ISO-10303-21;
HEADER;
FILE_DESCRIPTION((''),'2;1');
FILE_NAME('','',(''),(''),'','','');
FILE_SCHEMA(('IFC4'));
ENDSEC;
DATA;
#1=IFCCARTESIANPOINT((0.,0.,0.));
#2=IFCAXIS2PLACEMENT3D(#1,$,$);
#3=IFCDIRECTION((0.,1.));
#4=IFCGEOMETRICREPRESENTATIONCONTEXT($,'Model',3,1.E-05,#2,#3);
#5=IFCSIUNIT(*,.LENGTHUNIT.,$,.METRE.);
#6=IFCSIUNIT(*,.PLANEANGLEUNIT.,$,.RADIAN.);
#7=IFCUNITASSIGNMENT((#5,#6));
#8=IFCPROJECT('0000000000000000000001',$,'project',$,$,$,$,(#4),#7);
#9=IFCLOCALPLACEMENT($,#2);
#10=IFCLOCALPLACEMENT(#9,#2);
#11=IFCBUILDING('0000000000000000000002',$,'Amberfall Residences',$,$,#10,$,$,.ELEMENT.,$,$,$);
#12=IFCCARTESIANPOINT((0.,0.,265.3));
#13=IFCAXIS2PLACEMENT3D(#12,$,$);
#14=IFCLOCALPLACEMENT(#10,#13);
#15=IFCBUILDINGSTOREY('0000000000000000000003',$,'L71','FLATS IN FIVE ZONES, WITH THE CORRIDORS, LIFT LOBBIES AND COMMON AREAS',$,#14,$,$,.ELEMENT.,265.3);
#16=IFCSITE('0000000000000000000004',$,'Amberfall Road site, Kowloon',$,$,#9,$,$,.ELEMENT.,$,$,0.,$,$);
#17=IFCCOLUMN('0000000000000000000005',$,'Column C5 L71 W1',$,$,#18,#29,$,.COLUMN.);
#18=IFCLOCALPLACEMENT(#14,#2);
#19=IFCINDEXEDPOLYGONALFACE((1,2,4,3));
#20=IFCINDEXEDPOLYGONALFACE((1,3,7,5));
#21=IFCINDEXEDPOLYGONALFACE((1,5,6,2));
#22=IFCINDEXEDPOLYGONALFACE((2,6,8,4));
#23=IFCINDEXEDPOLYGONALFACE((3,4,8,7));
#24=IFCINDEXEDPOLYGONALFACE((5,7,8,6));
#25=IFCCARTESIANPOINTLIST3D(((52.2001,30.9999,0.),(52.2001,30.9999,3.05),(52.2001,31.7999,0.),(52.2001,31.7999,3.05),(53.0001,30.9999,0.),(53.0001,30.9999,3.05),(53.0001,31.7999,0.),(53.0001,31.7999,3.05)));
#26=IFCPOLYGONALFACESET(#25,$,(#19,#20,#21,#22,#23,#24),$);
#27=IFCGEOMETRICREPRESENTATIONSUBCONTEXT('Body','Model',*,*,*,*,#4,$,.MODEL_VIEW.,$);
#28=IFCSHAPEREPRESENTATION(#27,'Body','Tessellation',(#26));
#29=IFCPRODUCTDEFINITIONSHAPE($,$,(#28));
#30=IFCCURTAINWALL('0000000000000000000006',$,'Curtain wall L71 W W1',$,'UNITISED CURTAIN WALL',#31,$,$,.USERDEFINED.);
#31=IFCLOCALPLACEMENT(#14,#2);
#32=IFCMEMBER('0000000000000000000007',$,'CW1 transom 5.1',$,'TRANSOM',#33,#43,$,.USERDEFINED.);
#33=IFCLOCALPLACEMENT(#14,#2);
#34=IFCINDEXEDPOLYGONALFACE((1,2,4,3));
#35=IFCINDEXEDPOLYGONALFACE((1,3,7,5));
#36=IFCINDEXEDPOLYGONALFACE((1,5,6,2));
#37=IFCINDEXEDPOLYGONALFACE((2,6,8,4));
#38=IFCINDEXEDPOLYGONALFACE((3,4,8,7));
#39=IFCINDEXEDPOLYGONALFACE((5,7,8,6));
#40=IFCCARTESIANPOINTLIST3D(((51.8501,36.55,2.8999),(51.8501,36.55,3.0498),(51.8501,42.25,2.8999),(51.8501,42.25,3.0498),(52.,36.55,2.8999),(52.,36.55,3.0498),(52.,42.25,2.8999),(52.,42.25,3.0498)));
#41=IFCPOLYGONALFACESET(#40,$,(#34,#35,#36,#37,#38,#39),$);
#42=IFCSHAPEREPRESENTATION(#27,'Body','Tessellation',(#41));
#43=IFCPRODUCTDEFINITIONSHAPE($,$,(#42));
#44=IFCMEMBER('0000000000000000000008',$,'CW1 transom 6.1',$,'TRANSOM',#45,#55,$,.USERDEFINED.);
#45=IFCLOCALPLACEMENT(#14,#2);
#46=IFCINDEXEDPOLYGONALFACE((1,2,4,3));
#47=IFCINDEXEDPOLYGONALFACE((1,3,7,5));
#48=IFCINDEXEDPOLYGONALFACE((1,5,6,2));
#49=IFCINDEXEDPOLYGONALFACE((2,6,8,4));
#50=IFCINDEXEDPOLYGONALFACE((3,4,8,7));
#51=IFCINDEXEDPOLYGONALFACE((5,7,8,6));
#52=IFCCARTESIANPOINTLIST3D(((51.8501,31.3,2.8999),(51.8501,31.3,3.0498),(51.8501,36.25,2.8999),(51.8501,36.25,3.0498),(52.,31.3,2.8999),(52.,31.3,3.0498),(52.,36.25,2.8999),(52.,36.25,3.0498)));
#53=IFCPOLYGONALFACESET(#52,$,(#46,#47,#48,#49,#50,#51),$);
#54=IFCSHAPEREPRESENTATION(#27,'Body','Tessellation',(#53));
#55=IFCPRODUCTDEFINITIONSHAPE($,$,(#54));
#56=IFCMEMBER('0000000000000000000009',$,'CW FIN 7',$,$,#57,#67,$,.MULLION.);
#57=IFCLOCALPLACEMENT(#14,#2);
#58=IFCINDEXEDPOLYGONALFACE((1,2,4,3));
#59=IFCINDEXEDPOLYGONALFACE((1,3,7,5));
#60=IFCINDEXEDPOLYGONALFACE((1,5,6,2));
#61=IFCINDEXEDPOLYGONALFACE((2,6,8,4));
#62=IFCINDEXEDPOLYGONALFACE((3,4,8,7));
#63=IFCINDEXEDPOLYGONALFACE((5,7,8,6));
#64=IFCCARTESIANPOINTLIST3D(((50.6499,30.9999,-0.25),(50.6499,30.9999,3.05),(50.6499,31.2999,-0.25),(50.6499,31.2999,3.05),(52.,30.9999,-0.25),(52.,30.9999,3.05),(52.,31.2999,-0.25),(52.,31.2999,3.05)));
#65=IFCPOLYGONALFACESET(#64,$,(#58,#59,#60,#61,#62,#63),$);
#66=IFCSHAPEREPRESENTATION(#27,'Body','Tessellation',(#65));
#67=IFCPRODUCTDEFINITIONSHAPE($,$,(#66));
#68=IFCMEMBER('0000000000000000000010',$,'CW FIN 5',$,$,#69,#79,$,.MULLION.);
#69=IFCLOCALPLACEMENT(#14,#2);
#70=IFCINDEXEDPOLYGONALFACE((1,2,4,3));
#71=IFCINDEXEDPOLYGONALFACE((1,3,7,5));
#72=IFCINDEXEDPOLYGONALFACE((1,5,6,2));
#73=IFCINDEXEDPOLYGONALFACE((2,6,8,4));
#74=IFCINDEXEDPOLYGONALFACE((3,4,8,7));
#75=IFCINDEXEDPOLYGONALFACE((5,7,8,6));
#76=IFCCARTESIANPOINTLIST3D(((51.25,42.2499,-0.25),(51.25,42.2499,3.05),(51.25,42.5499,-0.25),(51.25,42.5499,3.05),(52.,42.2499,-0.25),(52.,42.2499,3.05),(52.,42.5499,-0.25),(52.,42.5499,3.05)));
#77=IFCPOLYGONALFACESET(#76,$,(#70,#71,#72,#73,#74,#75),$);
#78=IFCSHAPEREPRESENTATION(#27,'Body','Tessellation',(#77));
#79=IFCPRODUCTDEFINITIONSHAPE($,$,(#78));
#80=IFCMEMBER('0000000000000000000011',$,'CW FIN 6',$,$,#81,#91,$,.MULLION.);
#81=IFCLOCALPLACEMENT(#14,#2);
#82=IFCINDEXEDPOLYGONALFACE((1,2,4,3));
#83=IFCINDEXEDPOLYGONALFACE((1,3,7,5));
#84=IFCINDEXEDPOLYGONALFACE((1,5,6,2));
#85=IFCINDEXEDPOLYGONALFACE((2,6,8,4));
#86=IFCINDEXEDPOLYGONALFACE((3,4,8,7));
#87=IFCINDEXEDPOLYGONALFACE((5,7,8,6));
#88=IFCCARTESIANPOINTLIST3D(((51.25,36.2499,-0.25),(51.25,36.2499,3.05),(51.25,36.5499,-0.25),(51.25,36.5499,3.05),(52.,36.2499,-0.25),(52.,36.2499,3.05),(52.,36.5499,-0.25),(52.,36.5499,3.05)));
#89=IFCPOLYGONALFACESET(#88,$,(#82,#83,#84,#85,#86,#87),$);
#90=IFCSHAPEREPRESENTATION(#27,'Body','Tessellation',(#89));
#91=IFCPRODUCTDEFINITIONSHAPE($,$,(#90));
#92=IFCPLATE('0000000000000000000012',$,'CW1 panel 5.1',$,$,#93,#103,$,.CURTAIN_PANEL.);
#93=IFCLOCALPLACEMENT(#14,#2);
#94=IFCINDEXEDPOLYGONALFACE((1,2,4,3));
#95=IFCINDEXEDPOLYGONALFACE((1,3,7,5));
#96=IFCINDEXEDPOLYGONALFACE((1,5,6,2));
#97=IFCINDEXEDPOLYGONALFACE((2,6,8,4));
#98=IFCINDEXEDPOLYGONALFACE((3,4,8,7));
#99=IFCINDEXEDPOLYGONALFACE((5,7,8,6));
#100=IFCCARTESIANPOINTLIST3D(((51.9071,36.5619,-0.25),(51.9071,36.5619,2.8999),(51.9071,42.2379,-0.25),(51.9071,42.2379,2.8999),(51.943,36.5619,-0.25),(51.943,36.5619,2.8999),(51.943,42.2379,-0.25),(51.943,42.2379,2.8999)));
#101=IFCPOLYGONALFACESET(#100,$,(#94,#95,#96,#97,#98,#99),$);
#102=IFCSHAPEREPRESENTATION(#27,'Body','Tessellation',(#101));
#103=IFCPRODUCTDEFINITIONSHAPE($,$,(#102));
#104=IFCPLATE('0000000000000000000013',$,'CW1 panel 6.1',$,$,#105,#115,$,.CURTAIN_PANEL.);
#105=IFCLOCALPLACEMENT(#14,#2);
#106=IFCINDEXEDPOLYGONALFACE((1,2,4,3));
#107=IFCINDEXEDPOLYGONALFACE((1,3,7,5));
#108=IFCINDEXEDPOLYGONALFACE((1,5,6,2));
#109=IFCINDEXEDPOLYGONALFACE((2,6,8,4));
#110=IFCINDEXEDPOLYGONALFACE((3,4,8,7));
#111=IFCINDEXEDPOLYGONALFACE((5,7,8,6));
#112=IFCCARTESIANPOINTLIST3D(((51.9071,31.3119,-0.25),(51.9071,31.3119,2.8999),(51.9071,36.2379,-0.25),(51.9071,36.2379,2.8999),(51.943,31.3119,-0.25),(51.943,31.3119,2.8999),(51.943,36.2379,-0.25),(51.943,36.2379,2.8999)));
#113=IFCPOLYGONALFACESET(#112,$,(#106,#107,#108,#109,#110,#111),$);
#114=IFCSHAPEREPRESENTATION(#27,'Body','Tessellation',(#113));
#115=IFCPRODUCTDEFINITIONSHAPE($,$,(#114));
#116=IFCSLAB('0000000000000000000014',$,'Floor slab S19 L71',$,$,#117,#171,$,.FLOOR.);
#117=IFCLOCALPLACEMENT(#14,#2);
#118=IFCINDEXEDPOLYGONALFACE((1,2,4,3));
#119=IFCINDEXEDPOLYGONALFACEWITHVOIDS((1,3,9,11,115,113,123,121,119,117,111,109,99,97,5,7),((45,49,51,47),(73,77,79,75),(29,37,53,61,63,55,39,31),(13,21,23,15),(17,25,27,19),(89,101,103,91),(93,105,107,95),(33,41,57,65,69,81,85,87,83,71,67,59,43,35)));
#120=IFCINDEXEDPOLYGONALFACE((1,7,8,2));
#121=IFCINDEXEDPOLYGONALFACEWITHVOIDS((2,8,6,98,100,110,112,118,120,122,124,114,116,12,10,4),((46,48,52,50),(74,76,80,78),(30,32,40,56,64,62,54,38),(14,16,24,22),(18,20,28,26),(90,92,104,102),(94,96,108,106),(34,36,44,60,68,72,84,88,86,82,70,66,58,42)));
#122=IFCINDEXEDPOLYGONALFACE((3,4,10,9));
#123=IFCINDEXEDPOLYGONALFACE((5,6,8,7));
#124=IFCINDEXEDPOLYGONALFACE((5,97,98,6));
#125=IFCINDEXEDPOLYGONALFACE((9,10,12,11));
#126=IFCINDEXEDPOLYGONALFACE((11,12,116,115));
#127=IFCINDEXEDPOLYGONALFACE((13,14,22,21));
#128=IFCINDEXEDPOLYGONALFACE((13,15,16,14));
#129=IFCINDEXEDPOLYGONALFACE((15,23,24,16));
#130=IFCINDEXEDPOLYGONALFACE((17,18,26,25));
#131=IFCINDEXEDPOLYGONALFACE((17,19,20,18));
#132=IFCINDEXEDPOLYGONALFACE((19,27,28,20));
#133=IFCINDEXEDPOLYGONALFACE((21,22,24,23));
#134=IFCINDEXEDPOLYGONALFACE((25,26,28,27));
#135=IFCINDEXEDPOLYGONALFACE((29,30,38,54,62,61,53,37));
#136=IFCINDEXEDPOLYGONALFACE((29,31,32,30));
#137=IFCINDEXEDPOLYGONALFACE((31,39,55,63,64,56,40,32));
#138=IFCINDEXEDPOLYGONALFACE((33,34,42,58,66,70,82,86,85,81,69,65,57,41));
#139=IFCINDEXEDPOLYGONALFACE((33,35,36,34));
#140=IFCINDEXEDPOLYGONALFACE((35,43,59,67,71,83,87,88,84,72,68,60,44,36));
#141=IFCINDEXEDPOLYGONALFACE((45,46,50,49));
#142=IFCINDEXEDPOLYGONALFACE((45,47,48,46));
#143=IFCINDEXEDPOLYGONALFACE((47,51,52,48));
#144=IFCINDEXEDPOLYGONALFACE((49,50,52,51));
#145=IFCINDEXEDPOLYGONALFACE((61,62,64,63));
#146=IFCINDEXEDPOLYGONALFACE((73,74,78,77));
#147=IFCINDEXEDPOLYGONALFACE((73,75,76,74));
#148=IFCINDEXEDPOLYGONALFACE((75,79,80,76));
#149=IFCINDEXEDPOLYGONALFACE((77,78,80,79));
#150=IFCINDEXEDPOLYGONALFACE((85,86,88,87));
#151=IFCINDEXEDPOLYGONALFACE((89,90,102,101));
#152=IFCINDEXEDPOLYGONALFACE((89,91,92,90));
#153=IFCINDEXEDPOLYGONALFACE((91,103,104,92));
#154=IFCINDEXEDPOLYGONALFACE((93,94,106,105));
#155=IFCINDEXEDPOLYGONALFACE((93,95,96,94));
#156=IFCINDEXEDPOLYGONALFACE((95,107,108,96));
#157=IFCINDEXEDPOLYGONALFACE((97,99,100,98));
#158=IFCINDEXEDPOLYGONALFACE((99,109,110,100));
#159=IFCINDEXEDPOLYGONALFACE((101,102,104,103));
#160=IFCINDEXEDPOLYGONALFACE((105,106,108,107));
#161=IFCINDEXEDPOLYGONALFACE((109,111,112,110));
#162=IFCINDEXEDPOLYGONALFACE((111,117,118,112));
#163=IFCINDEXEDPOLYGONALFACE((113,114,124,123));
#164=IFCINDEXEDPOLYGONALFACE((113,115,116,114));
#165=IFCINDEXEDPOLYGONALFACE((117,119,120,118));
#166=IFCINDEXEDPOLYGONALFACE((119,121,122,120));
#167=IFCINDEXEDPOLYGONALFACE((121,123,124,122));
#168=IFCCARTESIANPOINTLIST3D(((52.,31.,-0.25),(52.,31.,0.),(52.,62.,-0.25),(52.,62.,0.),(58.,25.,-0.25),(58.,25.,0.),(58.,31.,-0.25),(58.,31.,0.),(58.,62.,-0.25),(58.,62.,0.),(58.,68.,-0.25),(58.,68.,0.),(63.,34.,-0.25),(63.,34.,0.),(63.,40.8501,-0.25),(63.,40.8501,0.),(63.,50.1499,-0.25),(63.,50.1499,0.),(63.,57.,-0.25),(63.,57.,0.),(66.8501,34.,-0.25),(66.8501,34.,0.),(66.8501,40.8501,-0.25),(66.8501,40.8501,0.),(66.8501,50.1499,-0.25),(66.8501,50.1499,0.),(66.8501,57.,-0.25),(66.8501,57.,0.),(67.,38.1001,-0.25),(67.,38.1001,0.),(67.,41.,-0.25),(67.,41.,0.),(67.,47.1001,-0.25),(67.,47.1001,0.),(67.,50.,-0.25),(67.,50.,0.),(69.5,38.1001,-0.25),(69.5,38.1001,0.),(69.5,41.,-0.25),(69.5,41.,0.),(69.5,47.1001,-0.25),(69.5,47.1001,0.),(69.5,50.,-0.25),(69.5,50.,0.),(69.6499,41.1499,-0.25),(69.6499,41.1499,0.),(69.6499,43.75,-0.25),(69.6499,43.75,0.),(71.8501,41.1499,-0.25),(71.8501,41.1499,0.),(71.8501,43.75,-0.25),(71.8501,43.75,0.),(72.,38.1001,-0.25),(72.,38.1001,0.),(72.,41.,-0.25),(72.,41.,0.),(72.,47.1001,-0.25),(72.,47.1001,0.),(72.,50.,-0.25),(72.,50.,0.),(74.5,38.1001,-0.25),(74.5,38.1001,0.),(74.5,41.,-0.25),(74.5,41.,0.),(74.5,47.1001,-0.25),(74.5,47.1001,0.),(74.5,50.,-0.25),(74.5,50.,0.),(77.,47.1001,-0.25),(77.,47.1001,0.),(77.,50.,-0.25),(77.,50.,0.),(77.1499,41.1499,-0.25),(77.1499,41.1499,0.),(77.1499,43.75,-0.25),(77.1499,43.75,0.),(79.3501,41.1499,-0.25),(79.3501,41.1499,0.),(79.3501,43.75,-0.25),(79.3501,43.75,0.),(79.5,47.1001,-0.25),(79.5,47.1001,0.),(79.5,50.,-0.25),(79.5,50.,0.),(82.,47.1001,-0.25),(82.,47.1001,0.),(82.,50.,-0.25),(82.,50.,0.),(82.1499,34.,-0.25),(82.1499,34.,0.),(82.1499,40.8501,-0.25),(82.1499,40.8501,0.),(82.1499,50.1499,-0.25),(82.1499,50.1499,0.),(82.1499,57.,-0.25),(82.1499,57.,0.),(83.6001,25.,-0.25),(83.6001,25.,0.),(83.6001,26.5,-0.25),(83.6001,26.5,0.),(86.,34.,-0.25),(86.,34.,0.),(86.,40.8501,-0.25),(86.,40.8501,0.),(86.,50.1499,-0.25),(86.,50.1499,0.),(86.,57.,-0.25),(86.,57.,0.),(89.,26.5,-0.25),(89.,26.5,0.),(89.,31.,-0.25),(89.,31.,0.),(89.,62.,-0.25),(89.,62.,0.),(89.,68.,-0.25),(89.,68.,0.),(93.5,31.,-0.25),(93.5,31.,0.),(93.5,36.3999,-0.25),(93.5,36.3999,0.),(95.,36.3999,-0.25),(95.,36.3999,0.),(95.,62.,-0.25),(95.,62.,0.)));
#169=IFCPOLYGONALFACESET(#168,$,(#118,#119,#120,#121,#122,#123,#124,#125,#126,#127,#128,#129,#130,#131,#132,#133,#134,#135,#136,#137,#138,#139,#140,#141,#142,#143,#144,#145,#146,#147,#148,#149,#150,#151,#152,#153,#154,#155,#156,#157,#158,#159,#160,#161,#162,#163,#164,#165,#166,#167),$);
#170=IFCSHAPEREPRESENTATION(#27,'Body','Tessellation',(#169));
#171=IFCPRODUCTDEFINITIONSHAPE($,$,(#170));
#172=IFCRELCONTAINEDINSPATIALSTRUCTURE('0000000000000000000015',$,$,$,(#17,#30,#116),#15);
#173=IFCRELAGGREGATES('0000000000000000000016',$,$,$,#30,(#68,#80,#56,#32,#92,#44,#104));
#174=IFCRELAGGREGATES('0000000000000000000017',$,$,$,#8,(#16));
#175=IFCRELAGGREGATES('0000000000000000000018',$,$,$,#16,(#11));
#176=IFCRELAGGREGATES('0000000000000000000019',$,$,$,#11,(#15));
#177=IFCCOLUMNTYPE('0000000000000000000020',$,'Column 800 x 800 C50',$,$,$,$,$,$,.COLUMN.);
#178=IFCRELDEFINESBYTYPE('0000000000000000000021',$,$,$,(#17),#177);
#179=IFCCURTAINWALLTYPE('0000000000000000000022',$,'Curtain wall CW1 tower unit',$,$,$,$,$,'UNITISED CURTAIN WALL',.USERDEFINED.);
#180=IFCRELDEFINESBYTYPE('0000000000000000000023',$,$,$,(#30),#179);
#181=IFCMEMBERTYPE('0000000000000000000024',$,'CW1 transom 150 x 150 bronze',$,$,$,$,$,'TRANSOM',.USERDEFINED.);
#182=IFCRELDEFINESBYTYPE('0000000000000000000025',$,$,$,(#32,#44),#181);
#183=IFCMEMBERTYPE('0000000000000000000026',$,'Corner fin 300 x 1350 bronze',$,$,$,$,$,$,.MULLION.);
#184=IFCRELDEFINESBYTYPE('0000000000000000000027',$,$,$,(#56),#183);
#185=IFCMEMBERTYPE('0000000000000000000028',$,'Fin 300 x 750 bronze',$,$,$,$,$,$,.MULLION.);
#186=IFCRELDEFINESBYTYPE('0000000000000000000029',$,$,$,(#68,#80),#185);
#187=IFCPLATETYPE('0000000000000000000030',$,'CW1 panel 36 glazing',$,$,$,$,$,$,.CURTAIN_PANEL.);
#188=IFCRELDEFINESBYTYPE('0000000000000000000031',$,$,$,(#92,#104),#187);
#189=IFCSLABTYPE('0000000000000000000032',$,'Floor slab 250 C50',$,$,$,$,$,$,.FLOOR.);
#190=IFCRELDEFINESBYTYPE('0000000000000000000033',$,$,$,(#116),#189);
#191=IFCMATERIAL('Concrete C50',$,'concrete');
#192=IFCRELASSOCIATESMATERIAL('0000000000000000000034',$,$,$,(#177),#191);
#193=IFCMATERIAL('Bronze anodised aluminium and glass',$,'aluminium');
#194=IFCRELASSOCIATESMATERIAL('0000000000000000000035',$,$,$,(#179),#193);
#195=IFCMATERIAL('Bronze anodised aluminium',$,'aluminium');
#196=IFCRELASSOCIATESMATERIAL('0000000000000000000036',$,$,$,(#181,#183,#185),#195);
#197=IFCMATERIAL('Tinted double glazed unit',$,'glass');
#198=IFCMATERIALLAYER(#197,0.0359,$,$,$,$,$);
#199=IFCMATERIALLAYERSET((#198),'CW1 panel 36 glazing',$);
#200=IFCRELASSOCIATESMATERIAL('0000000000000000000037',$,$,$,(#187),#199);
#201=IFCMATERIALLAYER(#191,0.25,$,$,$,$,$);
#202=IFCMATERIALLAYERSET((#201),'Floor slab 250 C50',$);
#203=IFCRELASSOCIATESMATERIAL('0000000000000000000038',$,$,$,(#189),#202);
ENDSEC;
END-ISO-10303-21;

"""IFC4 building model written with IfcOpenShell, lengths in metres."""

from ifc_helpers import new_model, si_unit, direction, frame, origin, origin_2d, place, context, subcontext, project, spatial, polyline, rectangle, outline, extrude, material, layer, layer_set, material_profile, profile_set, type_object, element, aggregate, save


model = new_model("IFC4")

# Units and contexts
model_context = context("Model", 3, precision=1e-05, world=origin(), true_north=direction((0.0, 1.0)))
body_context = subcontext(model_context, "Body", "Model", "MODEL_VIEW")
ifc_project = project(units=[si_unit("LENGTHUNIT", "METRE"), si_unit("PLANEANGLEUNIT", "RADIAN")], contexts=[model_context])

# Site, building, storey
site_placement = place(None, origin())
site = spatial("IfcSite", under=ifc_project, at=site_placement, Name="Amberfall Road site, Kowloon", CompositionType="ELEMENT", RefElevation=0.0)
building_placement = place(site_placement, origin())
building = spatial("IfcBuilding", under=site, at=building_placement, Name="Amberfall Residences", CompositionType="ELEMENT")
storey_placement = place(building_placement, frame((0.0, 0.0, 265.3)))
storey = spatial("IfcBuildingStorey", under=building, at=storey_placement, Name="L71", Description="FLATS IN FIVE ZONES, WITH THE CORRIDORS, LIFT LOBBIES AND COMMON AREAS", CompositionType="ELEMENT", Elevation=265.3)

# Column
ifc_material_1 = material(Name="Concrete C50", Category="concrete")
ifc_material_profile_1 = material_profile(ifc_material_1, rectangle(XDim=0.8, YDim=0.8, at=origin_2d()), Name="Column 800 x 800 C50")
ifc_profile_set_1 = profile_set([ifc_material_profile_1], Name="Concrete C50")
column_type = type_object("IfcColumnType", Name="Column 800 x 800 C50", PredefinedType="COLUMN", material=ifc_profile_set_1)
column_placement = place(storey_placement, frame((52.6001, 31.3999, 0.0), z_axis=(0.0, 0.0, 1.0), x_axis=(1.0, 0.0, 0.0)))
element("IfcColumn", 1, at=column_placement, inside=storey, type_object=column_type, Name="Column C5 L71 W1", PredefinedType="COLUMN", context=body_context, shape_type="SweptSolid", body=[
    extrude(rectangle(XDim=0.8, YDim=0.8, at=origin_2d()), origin(), (0.0, 0.0, 1.0), 3.05),
])

# Curtain wall, members, plates
ifc_material_2 = material(Name="Bronze anodised aluminium and glass", Category="aluminium")
curtain_wall_type = type_object("IfcCurtainWallType", Name="Curtain wall CW1 tower unit", ElementType="UNITISED CURTAIN WALL", PredefinedType="USERDEFINED", material=ifc_material_2)
curtain_wall_placement = place(storey_placement, origin())
curtain_wall = element("IfcCurtainWall", 2, at=curtain_wall_placement, inside=storey, type_object=curtain_wall_type, Name="Curtain wall L71 W W1", ObjectType="UNITISED CURTAIN WALL", PredefinedType="USERDEFINED")
ifc_material_3 = material(Name="Bronze anodised aluminium", Category="aluminium")
ifc_material_profile_2 = material_profile(ifc_material_3, rectangle(XDim=0.1499, YDim=0.1499, at=origin_2d()), Name="CW1 transom 150 x 150 bronze")
ifc_profile_set_2 = profile_set([ifc_material_profile_2], Name="Bronze anodised aluminium")
member_type_1 = type_object("IfcMemberType", Name="CW1 transom 150 x 150 bronze", ElementType="TRANSOM", PredefinedType="USERDEFINED", material=ifc_profile_set_2)
member_1_placement = place(storey_placement, frame((51.925, 42.25, 2.9749), z_axis=(0.0, -1.0, 0.0), x_axis=(1.0, 0.0, 0.0)))
member_1 = element("IfcMember", 3, at=member_1_placement, type_object=member_type_1, Name="CW1 transom 5.1", ObjectType="TRANSOM", PredefinedType="USERDEFINED", context=body_context, shape_type="SweptSolid", body=[
    extrude(rectangle(XDim=0.1499, YDim=0.1499, at=origin_2d()), origin(), (0.0, 0.0, 1.0), 5.7),
])
member_2_placement = place(storey_placement, frame((51.925, 36.25, 2.9749), z_axis=(0.0, -1.0, 0.0), x_axis=(1.0, 0.0, 0.0)))
member_2 = element("IfcMember", 4, at=member_2_placement, type_object=member_type_1, Name="CW1 transom 6.1", ObjectType="TRANSOM", PredefinedType="USERDEFINED", context=body_context, shape_type="SweptSolid", body=[
    extrude(rectangle(XDim=0.1499, YDim=0.1499, at=origin_2d()), origin(), (0.0, 0.0, 1.0), 4.95),
])
ifc_material_profile_3 = material_profile(ifc_material_3, rectangle(XDim=1.3501, YDim=0.3, at=origin_2d()), Name="Corner fin 300 x 1350 bronze")
ifc_profile_set_3 = profile_set([ifc_material_profile_3], Name="Bronze anodised aluminium")
member_type_2 = type_object("IfcMemberType", Name="Corner fin 300 x 1350 bronze", PredefinedType="MULLION", material=ifc_profile_set_3)
member_3_placement = place(storey_placement, frame((51.325, 31.1499, -0.25), z_axis=(0.0, 0.0, 1.0), x_axis=(1.0, 0.0, 0.0)))
member_3 = element("IfcMember", 5, at=member_3_placement, type_object=member_type_2, Name="CW FIN 7", PredefinedType="MULLION", context=body_context, shape_type="SweptSolid", body=[
    extrude(rectangle(XDim=1.3501, YDim=0.3, at=origin_2d()), origin(), (0.0, 0.0, 1.0), 3.3),
])
ifc_material_profile_4 = material_profile(ifc_material_3, rectangle(XDim=0.75, YDim=0.3, at=origin_2d()), Name="Fin 300 x 750 bronze")
ifc_profile_set_4 = profile_set([ifc_material_profile_4], Name="Bronze anodised aluminium")
member_type_3 = type_object("IfcMemberType", Name="Fin 300 x 750 bronze", PredefinedType="MULLION", material=ifc_profile_set_4)
member_4_placement = place(storey_placement, frame((51.625, 42.3999, -0.25), z_axis=(0.0, 0.0, 1.0), x_axis=(1.0, 0.0, 0.0)))
member_4 = element("IfcMember", 6, at=member_4_placement, type_object=member_type_3, Name="CW FIN 5", PredefinedType="MULLION", context=body_context, shape_type="SweptSolid", body=[
    extrude(rectangle(XDim=0.75, YDim=0.3, at=origin_2d()), origin(), (0.0, 0.0, 1.0), 3.3),
])
member_5_placement = place(storey_placement, frame((51.625, 36.3999, -0.25), z_axis=(0.0, 0.0, 1.0), x_axis=(1.0, 0.0, 0.0)))
member_5 = element("IfcMember", 7, at=member_5_placement, type_object=member_type_3, Name="CW FIN 6", PredefinedType="MULLION", context=body_context, shape_type="SweptSolid", body=[
    extrude(rectangle(XDim=0.75, YDim=0.3, at=origin_2d()), origin(), (0.0, 0.0, 1.0), 3.3),
])
ifc_material_4 = material(Name="Tinted double glazed unit", Category="glass")
ifc_layer_1 = layer(ifc_material_4, 0.0359)
ifc_layer_set_1 = layer_set([ifc_layer_1], Name="CW1 panel 36 glazing")
plate_type = type_object("IfcPlateType", Name="CW1 panel 36 glazing", PredefinedType="CURTAIN_PANEL", material=ifc_layer_set_1)
plate_1_placement = place(storey_placement, frame((51.925, 39.3999, -0.25), z_axis=(0.0, 0.0, 1.0), x_axis=(0.0, -1.0, 0.0)))
plate_1 = element("IfcPlate", 8, at=plate_1_placement, type_object=plate_type, Name="CW1 panel 5.1", PredefinedType="CURTAIN_PANEL", context=body_context, shape_type="SweptSolid", body=[
    extrude(rectangle(XDim=5.676, YDim=0.0359, at=origin_2d()), origin(), (0.0, 0.0, 1.0), 3.1499),
])
plate_2_placement = place(storey_placement, frame((51.925, 33.7749, -0.25), z_axis=(0.0, 0.0, 1.0), x_axis=(0.0, -1.0, 0.0)))
plate_2 = element("IfcPlate", 9, at=plate_2_placement, type_object=plate_type, Name="CW1 panel 6.1", PredefinedType="CURTAIN_PANEL", context=body_context, shape_type="SweptSolid", body=[
    extrude(rectangle(XDim=4.926, YDim=0.0359, at=origin_2d()), origin(), (0.0, 0.0, 1.0), 3.1499),
])
aggregate(curtain_wall, [member_4, member_5, member_3, member_1, plate_1, member_2, plate_2])

# Slab
ifc_layer_2 = layer(ifc_material_1, 0.25)
ifc_layer_set_2 = layer_set([ifc_layer_2], Name="Floor slab 250 C50")
slab_type_1 = type_object("IfcSlabType", Name="Floor slab 250 C50", PredefinedType="FLOOR", material=ifc_layer_set_2)
slab_1_placement = place(storey_placement, frame((0.0, 0.0, -0.25)))
element("IfcSlab", 10, at=slab_1_placement, inside=storey, type_object=slab_type_1, Name="Floor slab S19 L71", PredefinedType="FLOOR", context=body_context, shape_type="SweptSolid", body=[
    extrude(outline(polyline([(83.6001, 26.5), (83.6001, 25.0), (58.0, 25.0), (58.0, 31.0), (52.0, 31.0), (52.0, 62.0), (58.0, 62.0), (58.0, 68.0), (89.0, 68.0), (89.0, 62.0), (95.0, 62.0), (95.0, 36.3999), (93.5, 36.3999), (93.5, 31.0), (89.0, 31.0), (89.0, 26.5), (83.6001, 26.5)]), holes=[polyline([(86.0, 34.0), (86.0, 40.8501), (82.1499, 40.8501), (82.1499, 34.0), (86.0, 34.0)]), polyline([(86.0, 50.1499), (86.0, 57.0), (82.1499, 57.0), (82.1499, 50.1499), (86.0, 50.1499)]), polyline([(72.0, 50.0), (69.5, 50.0), (67.0, 50.0), (67.0, 47.1001), (69.5, 47.1001), (72.0, 47.1001), (74.5, 47.1001), (77.0, 47.1001), (79.5, 47.1001), (82.0, 47.1001), (82.0, 50.0), (79.5, 50.0), (77.0, 50.0), (74.5, 50.0), (72.0, 50.0)]), polyline([(79.3501, 41.1499), (79.3501, 43.75), (77.1499, 43.75), (77.1499, 41.1499), (79.3501, 41.1499)]), polyline([(69.5, 41.0), (67.0, 41.0), (67.0, 38.1001), (69.5, 38.1001), (72.0, 38.1001), (74.5, 38.1001), (74.5, 41.0), (72.0, 41.0), (69.5, 41.0)]), polyline([(71.8501, 41.1499), (71.8501, 43.75), (69.6499, 43.75), (69.6499, 41.1499), (71.8501, 41.1499)]), polyline([(66.8501, 50.1499), (66.8501, 57.0), (63.0, 57.0), (63.0, 50.1499), (66.8501, 50.1499)]), polyline([(66.8501, 40.8501), (63.0, 40.8501), (63.0, 34.0), (66.8501, 34.0), (66.8501, 40.8501)])]), origin(), (0.0, 0.0, 1.0), 0.25),
])

save(model, "model.ifc")
